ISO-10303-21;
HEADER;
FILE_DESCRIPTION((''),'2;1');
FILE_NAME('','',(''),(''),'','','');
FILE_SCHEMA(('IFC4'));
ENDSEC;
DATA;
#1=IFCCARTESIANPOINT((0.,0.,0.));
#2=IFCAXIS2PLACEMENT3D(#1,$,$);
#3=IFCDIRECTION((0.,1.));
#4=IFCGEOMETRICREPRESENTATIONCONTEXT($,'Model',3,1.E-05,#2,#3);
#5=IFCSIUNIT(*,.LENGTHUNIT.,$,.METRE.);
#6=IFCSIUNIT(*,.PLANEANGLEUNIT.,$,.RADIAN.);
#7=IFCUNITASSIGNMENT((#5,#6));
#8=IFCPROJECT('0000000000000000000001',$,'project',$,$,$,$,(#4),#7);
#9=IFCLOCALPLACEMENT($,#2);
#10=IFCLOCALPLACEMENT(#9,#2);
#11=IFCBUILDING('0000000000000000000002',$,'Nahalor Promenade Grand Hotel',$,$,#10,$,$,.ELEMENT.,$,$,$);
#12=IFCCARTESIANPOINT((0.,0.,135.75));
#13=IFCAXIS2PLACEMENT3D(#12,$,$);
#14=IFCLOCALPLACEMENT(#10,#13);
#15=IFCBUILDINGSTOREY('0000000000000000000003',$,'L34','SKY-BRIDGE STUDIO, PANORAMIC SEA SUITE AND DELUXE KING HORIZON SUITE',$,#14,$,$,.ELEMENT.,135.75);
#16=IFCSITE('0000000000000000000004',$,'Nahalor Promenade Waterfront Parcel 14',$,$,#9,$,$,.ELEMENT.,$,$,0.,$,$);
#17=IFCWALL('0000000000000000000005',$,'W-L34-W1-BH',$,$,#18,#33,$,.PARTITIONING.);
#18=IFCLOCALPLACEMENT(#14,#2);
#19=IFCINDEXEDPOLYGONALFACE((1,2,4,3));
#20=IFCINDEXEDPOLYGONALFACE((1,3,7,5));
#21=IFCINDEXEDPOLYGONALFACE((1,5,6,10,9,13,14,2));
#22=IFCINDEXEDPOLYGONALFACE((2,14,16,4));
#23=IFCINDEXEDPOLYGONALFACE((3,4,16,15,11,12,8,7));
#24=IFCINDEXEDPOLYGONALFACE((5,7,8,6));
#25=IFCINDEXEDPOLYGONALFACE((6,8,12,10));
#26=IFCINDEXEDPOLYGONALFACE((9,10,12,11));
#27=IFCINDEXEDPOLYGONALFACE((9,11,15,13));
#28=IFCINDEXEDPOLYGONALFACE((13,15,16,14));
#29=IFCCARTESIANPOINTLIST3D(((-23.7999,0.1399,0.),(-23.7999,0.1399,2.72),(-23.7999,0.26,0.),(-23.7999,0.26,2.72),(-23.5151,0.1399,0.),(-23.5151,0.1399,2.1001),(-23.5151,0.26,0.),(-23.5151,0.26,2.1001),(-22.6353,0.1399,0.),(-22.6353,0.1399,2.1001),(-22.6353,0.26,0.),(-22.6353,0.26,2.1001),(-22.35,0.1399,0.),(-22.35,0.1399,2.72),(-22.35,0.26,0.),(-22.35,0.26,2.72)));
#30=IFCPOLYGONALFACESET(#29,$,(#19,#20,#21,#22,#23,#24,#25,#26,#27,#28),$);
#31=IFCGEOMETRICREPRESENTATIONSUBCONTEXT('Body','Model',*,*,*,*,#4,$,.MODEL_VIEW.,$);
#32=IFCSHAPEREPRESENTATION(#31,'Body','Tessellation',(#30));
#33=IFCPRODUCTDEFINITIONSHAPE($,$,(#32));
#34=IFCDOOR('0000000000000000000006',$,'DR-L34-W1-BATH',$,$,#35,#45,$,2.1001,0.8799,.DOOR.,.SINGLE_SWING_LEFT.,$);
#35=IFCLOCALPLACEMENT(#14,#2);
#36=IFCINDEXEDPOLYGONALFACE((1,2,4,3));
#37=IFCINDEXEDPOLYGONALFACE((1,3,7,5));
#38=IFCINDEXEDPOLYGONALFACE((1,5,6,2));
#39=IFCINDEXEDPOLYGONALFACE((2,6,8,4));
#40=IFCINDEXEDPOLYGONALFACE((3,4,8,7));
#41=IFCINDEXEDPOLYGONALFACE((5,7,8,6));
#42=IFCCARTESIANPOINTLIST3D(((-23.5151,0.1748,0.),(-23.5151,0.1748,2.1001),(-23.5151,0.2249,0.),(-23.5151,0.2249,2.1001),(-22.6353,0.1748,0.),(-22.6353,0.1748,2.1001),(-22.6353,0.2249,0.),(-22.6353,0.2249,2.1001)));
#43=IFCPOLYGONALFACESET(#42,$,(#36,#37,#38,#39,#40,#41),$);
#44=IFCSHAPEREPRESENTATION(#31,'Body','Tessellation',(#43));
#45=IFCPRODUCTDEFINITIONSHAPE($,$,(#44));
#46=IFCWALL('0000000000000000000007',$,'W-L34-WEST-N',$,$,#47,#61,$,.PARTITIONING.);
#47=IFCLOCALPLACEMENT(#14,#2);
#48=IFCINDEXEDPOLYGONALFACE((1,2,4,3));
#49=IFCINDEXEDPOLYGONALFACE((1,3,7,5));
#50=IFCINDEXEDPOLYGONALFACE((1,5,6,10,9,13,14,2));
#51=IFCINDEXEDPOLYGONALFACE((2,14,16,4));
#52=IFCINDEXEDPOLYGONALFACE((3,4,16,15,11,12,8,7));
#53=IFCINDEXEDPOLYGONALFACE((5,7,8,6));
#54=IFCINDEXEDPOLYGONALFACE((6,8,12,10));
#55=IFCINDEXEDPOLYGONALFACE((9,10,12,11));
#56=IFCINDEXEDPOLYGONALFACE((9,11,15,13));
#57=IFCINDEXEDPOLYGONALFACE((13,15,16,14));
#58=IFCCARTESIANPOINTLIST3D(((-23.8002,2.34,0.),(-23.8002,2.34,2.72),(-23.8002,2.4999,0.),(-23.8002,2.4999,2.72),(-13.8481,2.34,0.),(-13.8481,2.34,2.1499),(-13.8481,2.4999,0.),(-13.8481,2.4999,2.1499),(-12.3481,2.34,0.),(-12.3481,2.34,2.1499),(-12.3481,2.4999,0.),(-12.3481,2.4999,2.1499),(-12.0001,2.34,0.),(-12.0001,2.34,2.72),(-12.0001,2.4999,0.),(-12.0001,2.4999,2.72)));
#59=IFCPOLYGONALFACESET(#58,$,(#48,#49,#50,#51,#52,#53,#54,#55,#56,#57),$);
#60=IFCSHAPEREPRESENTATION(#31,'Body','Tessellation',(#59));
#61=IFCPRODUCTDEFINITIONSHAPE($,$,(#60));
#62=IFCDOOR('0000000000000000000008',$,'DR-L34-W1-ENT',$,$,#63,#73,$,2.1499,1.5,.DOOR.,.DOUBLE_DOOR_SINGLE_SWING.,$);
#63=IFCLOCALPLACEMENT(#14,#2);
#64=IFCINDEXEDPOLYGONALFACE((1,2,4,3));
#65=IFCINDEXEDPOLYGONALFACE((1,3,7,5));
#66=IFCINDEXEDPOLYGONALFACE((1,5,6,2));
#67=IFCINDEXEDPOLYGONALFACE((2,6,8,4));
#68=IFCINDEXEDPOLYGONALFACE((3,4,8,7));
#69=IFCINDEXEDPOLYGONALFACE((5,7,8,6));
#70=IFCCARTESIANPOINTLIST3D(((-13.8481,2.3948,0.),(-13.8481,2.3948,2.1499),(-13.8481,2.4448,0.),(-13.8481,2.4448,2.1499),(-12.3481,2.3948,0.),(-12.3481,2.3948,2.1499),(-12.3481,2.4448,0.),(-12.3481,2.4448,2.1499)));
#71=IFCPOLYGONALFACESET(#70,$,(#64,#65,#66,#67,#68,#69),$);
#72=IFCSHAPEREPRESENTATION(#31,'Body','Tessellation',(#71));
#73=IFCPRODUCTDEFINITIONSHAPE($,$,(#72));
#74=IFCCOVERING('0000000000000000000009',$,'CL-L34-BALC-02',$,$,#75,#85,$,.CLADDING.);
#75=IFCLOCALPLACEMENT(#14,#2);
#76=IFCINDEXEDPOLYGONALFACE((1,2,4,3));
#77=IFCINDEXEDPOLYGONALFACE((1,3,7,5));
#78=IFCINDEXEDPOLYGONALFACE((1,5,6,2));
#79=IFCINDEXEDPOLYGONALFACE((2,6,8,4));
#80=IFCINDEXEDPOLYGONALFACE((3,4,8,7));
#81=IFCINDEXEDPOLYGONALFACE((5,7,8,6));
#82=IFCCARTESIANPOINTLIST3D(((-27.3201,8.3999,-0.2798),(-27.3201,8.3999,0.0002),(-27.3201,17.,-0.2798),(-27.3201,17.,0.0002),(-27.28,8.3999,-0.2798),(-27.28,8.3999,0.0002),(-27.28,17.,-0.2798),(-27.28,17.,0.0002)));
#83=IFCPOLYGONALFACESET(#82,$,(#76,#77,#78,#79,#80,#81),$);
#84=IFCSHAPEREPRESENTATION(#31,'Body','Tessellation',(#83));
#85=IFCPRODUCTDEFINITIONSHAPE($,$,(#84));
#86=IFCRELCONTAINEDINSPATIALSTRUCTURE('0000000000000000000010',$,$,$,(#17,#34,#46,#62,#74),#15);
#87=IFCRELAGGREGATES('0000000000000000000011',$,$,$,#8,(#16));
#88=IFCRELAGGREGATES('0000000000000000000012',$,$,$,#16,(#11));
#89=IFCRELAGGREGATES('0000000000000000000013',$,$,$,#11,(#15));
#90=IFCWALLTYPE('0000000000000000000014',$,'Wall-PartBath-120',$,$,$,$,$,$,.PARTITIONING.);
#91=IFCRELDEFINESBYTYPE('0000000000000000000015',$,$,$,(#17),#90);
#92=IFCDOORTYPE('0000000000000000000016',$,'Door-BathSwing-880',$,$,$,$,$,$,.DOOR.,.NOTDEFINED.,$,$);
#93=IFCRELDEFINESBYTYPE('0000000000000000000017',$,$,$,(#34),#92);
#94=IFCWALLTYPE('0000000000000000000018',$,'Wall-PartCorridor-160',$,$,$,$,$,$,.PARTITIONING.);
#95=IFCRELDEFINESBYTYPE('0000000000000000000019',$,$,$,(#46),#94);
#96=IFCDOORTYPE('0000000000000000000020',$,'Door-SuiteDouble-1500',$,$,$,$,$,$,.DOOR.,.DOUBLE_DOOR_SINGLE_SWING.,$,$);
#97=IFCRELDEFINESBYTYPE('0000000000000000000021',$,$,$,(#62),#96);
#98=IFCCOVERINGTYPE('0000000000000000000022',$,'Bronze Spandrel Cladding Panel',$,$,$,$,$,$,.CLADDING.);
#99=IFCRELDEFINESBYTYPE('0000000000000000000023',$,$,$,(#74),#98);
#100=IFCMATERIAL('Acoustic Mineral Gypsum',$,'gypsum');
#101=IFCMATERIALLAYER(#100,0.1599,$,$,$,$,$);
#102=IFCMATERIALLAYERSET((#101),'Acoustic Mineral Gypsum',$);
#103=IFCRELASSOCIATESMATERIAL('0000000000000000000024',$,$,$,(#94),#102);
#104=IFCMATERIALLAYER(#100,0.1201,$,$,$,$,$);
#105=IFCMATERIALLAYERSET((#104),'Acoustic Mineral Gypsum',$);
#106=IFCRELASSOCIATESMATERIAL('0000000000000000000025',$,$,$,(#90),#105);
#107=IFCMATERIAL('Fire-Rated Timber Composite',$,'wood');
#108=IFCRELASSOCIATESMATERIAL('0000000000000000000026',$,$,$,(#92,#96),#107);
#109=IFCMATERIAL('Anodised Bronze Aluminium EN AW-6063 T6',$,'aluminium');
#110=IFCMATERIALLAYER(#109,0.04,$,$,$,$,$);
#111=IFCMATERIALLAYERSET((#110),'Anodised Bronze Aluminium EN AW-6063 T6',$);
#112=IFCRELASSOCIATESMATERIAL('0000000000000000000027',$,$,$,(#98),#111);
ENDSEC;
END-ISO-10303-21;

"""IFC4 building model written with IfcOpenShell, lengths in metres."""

from ifc_helpers import new_model, si_unit, direction, frame, frame_2d, origin, origin_2d, place, context, subcontext, project, spatial, rectangle, extrude, source, transform, mapped, material, layer, layer_set, type_object, element, fill, save


model = new_model("IFC4")

# Units and contexts
model_context = context("Model", 3, precision=1e-05, world=origin(), true_north=direction((0.0, 1.0)))
body_context = subcontext(model_context, "Body", "Model", "MODEL_VIEW")
ifc_project = project(units=[si_unit("LENGTHUNIT", "METRE"), si_unit("PLANEANGLEUNIT", "RADIAN")], contexts=[model_context])

# Site, building, storey
site_placement = place(None, origin())
site = spatial("IfcSite", under=ifc_project, at=site_placement, Name="Nahalor Promenade Waterfront Parcel 14", CompositionType="ELEMENT", RefElevation=0.0)
building_placement = place(site_placement, origin())
building = spatial("IfcBuilding", under=site, at=building_placement, Name="Nahalor Promenade Grand Hotel", CompositionType="ELEMENT")
storey_placement = place(building_placement, frame((0.0, 0.0, 135.75)))
storey = spatial("IfcBuildingStorey", under=building, at=storey_placement, Name="L34", Description="SKY-BRIDGE STUDIO, PANORAMIC SEA SUITE AND DELUXE KING HORIZON SUITE", CompositionType="ELEMENT", Elevation=135.75)

# Shared definitions
ifc_material_1 = material(Name="Anodised Bronze Aluminium EN AW-6063 T6", Category="aluminium")

# Shared definitions
ifc_material_2 = material(Name="Acoustic Mineral Gypsum", Category="gypsum")
ifc_layer_1 = layer(ifc_material_2, 0.1599)
ifc_layer_set_1 = layer_set([ifc_layer_1], Name="Acoustic Mineral Gypsum")
wall_type_1 = type_object("IfcWallType", Name="Wall-PartCorridor-160", PredefinedType="PARTITIONING", material=ifc_layer_set_1)
ifc_material_3 = material(Name="Fire-Rated Timber Composite", Category="wood")

# Shared definitions
ifc_layer_2 = layer(ifc_material_2, 0.1201)
ifc_layer_set_2 = layer_set([ifc_layer_2], Name="Acoustic Mineral Gypsum")
wall_type_2 = type_object("IfcWallType", Name="Wall-PartBath-120", PredefinedType="PARTITIONING", material=ifc_layer_set_2)

# Walls, openings, doors
shared_shape_1 = source(origin(), body_context, "Body", "SweptSolid", [
    extrude(rectangle(XDim=1.45, YDim=0.1201, at=frame_2d((0.7251, 0.0))), origin(), (0.0, 0.0, 1.0), 2.72),
])
wall_1_placement = place(storey_placement, frame((-23.8, 0.2, 0.0), z_axis=(0.0, 0.0, 1.0), x_axis=(1.0, 0.0, 0.0)))
wall_1 = element("IfcWall", 1, at=wall_1_placement, inside=storey, type_object=wall_type_2, Name="W-L34-W1-BH", PredefinedType="PARTITIONING", context=body_context, shape_type="MappedRepresentation", body=[
    mapped(shared_shape_1, transform((0.0, 0.0, 0.0), scale=1.0)),
])
opening_1_placement = place(wall_1_placement, frame((0.2849, 0.0, 0.0)))
opening_1 = element("IfcOpeningElement", 2, at=opening_1_placement, cuts=wall_1, PredefinedType="OPENING", context=body_context, shape_type="SweptSolid", body=[
    extrude(rectangle(XDim=0.8799, YDim=2.1001, at=frame_2d((0.4399, 1.05))), frame((0.0, 0.0701, 0.0), z_axis=(0.0, -1.0, 0.0), x_axis=(1.0, 0.0, 0.0)), (0.0, 0.0, 1.0), 0.1401),
])
door_type_1 = type_object("IfcDoorType", Name="Door-BathSwing-880", OperationType="NOTDEFINED", PredefinedType="DOOR", material=ifc_material_3)
shared_shape_2 = source(origin(), body_context, "Body", "SweptSolid", [
    extrude(rectangle(XDim=0.8799, YDim=2.1001, at=frame_2d((0.4399, 1.05))), frame((0.0, 0.0249, 0.0), z_axis=(0.0, -1.0, 0.0), x_axis=(1.0, 0.0, 0.0)), (0.0, 0.0, 1.0), 0.05),
])
door_1_placement = place(opening_1_placement, origin())
door_1 = element("IfcDoor", 3, at=door_1_placement, inside=storey, type_object=door_type_1, Name="DR-L34-W1-BATH", OperationType="SINGLE_SWING_LEFT", OverallHeight=2.1001, OverallWidth=0.8799, PredefinedType="DOOR", context=body_context, shape_type="MappedRepresentation", body=[
    mapped(shared_shape_2, transform((0.0, 0.0, 0.0), scale=1.0)),
])
fill(opening_1, door_1)
shared_shape_3 = source(origin(), body_context, "Body", "SweptSolid", [
    extrude(rectangle(XDim=11.8, YDim=0.1599, at=frame_2d((5.8999, 0.0))), origin(), (0.0, 0.0, 1.0), 2.72),
])
wall_2_placement = place(storey_placement, frame((-23.8, 2.4199, 0.0), z_axis=(0.0, 0.0, 1.0), x_axis=(1.0, 0.0, 0.0)))
wall_2 = element("IfcWall", 4, at=wall_2_placement, inside=storey, type_object=wall_type_1, Name="W-L34-WEST-N", PredefinedType="PARTITIONING", context=body_context, shape_type="MappedRepresentation", body=[
    mapped(shared_shape_3, transform((0.0, 0.0, 0.0), scale=1.0)),
])
opening_2_placement = place(wall_2_placement, frame((9.9519, 0.0, 0.0)))
opening_2 = element("IfcOpeningElement", 5, at=opening_2_placement, cuts=wall_2, PredefinedType="OPENING", context=body_context, shape_type="SweptSolid", body=[
    extrude(rectangle(XDim=1.5, YDim=2.1499, at=frame_2d((0.75, 1.075))), frame((0.0, 0.0898, 0.0), z_axis=(0.0, -1.0, 0.0), x_axis=(1.0, 0.0, 0.0)), (0.0, 0.0, 1.0), 0.1799),
])
door_type_2 = type_object("IfcDoorType", Name="Door-SuiteDouble-1500", OperationType="DOUBLE_DOOR_SINGLE_SWING", PredefinedType="DOOR", material=ifc_material_3)
shared_shape_4 = source(origin(), body_context, "Body", "SweptSolid", [
    extrude(rectangle(XDim=1.5, YDim=2.1499, at=frame_2d((0.75, 1.075))), frame((0.0, 0.0249, 0.0), z_axis=(0.0, -1.0, 0.0), x_axis=(1.0, 0.0, 0.0)), (0.0, 0.0, 1.0), 0.05),
])
door_2_placement = place(opening_2_placement, origin())
door_2 = element("IfcDoor", 6, at=door_2_placement, inside=storey, type_object=door_type_2, Name="DR-L34-W1-ENT", OperationType="DOUBLE_DOOR_SINGLE_SWING", OverallHeight=2.1499, OverallWidth=1.5, PredefinedType="DOOR", context=body_context, shape_type="MappedRepresentation", body=[
    mapped(shared_shape_4, transform((0.0, 0.0, 0.0), scale=1.0)),
])
fill(opening_2, door_2)

# Covering
ifc_layer_3 = layer(ifc_material_1, 0.04)
ifc_layer_set_3 = layer_set([ifc_layer_3], Name="Anodised Bronze Aluminium EN AW-6063 T6")
covering_type = type_object("IfcCoveringType", Name="Bronze Spandrel Cladding Panel", PredefinedType="CLADDING", material=ifc_layer_set_3)
shared_shape_5 = source(origin(), body_context, "Body", "SweptSolid", [
    extrude(rectangle(XDim=8.6001, YDim=0.04, at=origin_2d()), origin(), (0.0, 0.0, 1.0), 0.28),
])
covering_placement = place(storey_placement, frame((-27.3, 12.7, -0.2798), z_axis=(0.0, 0.0, 1.0), x_axis=(0.0, 1.0, 0.0)))
element("IfcCovering", 7, at=covering_placement, inside=storey, type_object=covering_type, Name="CL-L34-BALC-02", PredefinedType="CLADDING", context=body_context, shape_type="MappedRepresentation", body=[
    mapped(shared_shape_5, transform((0.0, 0.0, 0.0), scale=1.0)),
])

save(model, "model.ifc")
